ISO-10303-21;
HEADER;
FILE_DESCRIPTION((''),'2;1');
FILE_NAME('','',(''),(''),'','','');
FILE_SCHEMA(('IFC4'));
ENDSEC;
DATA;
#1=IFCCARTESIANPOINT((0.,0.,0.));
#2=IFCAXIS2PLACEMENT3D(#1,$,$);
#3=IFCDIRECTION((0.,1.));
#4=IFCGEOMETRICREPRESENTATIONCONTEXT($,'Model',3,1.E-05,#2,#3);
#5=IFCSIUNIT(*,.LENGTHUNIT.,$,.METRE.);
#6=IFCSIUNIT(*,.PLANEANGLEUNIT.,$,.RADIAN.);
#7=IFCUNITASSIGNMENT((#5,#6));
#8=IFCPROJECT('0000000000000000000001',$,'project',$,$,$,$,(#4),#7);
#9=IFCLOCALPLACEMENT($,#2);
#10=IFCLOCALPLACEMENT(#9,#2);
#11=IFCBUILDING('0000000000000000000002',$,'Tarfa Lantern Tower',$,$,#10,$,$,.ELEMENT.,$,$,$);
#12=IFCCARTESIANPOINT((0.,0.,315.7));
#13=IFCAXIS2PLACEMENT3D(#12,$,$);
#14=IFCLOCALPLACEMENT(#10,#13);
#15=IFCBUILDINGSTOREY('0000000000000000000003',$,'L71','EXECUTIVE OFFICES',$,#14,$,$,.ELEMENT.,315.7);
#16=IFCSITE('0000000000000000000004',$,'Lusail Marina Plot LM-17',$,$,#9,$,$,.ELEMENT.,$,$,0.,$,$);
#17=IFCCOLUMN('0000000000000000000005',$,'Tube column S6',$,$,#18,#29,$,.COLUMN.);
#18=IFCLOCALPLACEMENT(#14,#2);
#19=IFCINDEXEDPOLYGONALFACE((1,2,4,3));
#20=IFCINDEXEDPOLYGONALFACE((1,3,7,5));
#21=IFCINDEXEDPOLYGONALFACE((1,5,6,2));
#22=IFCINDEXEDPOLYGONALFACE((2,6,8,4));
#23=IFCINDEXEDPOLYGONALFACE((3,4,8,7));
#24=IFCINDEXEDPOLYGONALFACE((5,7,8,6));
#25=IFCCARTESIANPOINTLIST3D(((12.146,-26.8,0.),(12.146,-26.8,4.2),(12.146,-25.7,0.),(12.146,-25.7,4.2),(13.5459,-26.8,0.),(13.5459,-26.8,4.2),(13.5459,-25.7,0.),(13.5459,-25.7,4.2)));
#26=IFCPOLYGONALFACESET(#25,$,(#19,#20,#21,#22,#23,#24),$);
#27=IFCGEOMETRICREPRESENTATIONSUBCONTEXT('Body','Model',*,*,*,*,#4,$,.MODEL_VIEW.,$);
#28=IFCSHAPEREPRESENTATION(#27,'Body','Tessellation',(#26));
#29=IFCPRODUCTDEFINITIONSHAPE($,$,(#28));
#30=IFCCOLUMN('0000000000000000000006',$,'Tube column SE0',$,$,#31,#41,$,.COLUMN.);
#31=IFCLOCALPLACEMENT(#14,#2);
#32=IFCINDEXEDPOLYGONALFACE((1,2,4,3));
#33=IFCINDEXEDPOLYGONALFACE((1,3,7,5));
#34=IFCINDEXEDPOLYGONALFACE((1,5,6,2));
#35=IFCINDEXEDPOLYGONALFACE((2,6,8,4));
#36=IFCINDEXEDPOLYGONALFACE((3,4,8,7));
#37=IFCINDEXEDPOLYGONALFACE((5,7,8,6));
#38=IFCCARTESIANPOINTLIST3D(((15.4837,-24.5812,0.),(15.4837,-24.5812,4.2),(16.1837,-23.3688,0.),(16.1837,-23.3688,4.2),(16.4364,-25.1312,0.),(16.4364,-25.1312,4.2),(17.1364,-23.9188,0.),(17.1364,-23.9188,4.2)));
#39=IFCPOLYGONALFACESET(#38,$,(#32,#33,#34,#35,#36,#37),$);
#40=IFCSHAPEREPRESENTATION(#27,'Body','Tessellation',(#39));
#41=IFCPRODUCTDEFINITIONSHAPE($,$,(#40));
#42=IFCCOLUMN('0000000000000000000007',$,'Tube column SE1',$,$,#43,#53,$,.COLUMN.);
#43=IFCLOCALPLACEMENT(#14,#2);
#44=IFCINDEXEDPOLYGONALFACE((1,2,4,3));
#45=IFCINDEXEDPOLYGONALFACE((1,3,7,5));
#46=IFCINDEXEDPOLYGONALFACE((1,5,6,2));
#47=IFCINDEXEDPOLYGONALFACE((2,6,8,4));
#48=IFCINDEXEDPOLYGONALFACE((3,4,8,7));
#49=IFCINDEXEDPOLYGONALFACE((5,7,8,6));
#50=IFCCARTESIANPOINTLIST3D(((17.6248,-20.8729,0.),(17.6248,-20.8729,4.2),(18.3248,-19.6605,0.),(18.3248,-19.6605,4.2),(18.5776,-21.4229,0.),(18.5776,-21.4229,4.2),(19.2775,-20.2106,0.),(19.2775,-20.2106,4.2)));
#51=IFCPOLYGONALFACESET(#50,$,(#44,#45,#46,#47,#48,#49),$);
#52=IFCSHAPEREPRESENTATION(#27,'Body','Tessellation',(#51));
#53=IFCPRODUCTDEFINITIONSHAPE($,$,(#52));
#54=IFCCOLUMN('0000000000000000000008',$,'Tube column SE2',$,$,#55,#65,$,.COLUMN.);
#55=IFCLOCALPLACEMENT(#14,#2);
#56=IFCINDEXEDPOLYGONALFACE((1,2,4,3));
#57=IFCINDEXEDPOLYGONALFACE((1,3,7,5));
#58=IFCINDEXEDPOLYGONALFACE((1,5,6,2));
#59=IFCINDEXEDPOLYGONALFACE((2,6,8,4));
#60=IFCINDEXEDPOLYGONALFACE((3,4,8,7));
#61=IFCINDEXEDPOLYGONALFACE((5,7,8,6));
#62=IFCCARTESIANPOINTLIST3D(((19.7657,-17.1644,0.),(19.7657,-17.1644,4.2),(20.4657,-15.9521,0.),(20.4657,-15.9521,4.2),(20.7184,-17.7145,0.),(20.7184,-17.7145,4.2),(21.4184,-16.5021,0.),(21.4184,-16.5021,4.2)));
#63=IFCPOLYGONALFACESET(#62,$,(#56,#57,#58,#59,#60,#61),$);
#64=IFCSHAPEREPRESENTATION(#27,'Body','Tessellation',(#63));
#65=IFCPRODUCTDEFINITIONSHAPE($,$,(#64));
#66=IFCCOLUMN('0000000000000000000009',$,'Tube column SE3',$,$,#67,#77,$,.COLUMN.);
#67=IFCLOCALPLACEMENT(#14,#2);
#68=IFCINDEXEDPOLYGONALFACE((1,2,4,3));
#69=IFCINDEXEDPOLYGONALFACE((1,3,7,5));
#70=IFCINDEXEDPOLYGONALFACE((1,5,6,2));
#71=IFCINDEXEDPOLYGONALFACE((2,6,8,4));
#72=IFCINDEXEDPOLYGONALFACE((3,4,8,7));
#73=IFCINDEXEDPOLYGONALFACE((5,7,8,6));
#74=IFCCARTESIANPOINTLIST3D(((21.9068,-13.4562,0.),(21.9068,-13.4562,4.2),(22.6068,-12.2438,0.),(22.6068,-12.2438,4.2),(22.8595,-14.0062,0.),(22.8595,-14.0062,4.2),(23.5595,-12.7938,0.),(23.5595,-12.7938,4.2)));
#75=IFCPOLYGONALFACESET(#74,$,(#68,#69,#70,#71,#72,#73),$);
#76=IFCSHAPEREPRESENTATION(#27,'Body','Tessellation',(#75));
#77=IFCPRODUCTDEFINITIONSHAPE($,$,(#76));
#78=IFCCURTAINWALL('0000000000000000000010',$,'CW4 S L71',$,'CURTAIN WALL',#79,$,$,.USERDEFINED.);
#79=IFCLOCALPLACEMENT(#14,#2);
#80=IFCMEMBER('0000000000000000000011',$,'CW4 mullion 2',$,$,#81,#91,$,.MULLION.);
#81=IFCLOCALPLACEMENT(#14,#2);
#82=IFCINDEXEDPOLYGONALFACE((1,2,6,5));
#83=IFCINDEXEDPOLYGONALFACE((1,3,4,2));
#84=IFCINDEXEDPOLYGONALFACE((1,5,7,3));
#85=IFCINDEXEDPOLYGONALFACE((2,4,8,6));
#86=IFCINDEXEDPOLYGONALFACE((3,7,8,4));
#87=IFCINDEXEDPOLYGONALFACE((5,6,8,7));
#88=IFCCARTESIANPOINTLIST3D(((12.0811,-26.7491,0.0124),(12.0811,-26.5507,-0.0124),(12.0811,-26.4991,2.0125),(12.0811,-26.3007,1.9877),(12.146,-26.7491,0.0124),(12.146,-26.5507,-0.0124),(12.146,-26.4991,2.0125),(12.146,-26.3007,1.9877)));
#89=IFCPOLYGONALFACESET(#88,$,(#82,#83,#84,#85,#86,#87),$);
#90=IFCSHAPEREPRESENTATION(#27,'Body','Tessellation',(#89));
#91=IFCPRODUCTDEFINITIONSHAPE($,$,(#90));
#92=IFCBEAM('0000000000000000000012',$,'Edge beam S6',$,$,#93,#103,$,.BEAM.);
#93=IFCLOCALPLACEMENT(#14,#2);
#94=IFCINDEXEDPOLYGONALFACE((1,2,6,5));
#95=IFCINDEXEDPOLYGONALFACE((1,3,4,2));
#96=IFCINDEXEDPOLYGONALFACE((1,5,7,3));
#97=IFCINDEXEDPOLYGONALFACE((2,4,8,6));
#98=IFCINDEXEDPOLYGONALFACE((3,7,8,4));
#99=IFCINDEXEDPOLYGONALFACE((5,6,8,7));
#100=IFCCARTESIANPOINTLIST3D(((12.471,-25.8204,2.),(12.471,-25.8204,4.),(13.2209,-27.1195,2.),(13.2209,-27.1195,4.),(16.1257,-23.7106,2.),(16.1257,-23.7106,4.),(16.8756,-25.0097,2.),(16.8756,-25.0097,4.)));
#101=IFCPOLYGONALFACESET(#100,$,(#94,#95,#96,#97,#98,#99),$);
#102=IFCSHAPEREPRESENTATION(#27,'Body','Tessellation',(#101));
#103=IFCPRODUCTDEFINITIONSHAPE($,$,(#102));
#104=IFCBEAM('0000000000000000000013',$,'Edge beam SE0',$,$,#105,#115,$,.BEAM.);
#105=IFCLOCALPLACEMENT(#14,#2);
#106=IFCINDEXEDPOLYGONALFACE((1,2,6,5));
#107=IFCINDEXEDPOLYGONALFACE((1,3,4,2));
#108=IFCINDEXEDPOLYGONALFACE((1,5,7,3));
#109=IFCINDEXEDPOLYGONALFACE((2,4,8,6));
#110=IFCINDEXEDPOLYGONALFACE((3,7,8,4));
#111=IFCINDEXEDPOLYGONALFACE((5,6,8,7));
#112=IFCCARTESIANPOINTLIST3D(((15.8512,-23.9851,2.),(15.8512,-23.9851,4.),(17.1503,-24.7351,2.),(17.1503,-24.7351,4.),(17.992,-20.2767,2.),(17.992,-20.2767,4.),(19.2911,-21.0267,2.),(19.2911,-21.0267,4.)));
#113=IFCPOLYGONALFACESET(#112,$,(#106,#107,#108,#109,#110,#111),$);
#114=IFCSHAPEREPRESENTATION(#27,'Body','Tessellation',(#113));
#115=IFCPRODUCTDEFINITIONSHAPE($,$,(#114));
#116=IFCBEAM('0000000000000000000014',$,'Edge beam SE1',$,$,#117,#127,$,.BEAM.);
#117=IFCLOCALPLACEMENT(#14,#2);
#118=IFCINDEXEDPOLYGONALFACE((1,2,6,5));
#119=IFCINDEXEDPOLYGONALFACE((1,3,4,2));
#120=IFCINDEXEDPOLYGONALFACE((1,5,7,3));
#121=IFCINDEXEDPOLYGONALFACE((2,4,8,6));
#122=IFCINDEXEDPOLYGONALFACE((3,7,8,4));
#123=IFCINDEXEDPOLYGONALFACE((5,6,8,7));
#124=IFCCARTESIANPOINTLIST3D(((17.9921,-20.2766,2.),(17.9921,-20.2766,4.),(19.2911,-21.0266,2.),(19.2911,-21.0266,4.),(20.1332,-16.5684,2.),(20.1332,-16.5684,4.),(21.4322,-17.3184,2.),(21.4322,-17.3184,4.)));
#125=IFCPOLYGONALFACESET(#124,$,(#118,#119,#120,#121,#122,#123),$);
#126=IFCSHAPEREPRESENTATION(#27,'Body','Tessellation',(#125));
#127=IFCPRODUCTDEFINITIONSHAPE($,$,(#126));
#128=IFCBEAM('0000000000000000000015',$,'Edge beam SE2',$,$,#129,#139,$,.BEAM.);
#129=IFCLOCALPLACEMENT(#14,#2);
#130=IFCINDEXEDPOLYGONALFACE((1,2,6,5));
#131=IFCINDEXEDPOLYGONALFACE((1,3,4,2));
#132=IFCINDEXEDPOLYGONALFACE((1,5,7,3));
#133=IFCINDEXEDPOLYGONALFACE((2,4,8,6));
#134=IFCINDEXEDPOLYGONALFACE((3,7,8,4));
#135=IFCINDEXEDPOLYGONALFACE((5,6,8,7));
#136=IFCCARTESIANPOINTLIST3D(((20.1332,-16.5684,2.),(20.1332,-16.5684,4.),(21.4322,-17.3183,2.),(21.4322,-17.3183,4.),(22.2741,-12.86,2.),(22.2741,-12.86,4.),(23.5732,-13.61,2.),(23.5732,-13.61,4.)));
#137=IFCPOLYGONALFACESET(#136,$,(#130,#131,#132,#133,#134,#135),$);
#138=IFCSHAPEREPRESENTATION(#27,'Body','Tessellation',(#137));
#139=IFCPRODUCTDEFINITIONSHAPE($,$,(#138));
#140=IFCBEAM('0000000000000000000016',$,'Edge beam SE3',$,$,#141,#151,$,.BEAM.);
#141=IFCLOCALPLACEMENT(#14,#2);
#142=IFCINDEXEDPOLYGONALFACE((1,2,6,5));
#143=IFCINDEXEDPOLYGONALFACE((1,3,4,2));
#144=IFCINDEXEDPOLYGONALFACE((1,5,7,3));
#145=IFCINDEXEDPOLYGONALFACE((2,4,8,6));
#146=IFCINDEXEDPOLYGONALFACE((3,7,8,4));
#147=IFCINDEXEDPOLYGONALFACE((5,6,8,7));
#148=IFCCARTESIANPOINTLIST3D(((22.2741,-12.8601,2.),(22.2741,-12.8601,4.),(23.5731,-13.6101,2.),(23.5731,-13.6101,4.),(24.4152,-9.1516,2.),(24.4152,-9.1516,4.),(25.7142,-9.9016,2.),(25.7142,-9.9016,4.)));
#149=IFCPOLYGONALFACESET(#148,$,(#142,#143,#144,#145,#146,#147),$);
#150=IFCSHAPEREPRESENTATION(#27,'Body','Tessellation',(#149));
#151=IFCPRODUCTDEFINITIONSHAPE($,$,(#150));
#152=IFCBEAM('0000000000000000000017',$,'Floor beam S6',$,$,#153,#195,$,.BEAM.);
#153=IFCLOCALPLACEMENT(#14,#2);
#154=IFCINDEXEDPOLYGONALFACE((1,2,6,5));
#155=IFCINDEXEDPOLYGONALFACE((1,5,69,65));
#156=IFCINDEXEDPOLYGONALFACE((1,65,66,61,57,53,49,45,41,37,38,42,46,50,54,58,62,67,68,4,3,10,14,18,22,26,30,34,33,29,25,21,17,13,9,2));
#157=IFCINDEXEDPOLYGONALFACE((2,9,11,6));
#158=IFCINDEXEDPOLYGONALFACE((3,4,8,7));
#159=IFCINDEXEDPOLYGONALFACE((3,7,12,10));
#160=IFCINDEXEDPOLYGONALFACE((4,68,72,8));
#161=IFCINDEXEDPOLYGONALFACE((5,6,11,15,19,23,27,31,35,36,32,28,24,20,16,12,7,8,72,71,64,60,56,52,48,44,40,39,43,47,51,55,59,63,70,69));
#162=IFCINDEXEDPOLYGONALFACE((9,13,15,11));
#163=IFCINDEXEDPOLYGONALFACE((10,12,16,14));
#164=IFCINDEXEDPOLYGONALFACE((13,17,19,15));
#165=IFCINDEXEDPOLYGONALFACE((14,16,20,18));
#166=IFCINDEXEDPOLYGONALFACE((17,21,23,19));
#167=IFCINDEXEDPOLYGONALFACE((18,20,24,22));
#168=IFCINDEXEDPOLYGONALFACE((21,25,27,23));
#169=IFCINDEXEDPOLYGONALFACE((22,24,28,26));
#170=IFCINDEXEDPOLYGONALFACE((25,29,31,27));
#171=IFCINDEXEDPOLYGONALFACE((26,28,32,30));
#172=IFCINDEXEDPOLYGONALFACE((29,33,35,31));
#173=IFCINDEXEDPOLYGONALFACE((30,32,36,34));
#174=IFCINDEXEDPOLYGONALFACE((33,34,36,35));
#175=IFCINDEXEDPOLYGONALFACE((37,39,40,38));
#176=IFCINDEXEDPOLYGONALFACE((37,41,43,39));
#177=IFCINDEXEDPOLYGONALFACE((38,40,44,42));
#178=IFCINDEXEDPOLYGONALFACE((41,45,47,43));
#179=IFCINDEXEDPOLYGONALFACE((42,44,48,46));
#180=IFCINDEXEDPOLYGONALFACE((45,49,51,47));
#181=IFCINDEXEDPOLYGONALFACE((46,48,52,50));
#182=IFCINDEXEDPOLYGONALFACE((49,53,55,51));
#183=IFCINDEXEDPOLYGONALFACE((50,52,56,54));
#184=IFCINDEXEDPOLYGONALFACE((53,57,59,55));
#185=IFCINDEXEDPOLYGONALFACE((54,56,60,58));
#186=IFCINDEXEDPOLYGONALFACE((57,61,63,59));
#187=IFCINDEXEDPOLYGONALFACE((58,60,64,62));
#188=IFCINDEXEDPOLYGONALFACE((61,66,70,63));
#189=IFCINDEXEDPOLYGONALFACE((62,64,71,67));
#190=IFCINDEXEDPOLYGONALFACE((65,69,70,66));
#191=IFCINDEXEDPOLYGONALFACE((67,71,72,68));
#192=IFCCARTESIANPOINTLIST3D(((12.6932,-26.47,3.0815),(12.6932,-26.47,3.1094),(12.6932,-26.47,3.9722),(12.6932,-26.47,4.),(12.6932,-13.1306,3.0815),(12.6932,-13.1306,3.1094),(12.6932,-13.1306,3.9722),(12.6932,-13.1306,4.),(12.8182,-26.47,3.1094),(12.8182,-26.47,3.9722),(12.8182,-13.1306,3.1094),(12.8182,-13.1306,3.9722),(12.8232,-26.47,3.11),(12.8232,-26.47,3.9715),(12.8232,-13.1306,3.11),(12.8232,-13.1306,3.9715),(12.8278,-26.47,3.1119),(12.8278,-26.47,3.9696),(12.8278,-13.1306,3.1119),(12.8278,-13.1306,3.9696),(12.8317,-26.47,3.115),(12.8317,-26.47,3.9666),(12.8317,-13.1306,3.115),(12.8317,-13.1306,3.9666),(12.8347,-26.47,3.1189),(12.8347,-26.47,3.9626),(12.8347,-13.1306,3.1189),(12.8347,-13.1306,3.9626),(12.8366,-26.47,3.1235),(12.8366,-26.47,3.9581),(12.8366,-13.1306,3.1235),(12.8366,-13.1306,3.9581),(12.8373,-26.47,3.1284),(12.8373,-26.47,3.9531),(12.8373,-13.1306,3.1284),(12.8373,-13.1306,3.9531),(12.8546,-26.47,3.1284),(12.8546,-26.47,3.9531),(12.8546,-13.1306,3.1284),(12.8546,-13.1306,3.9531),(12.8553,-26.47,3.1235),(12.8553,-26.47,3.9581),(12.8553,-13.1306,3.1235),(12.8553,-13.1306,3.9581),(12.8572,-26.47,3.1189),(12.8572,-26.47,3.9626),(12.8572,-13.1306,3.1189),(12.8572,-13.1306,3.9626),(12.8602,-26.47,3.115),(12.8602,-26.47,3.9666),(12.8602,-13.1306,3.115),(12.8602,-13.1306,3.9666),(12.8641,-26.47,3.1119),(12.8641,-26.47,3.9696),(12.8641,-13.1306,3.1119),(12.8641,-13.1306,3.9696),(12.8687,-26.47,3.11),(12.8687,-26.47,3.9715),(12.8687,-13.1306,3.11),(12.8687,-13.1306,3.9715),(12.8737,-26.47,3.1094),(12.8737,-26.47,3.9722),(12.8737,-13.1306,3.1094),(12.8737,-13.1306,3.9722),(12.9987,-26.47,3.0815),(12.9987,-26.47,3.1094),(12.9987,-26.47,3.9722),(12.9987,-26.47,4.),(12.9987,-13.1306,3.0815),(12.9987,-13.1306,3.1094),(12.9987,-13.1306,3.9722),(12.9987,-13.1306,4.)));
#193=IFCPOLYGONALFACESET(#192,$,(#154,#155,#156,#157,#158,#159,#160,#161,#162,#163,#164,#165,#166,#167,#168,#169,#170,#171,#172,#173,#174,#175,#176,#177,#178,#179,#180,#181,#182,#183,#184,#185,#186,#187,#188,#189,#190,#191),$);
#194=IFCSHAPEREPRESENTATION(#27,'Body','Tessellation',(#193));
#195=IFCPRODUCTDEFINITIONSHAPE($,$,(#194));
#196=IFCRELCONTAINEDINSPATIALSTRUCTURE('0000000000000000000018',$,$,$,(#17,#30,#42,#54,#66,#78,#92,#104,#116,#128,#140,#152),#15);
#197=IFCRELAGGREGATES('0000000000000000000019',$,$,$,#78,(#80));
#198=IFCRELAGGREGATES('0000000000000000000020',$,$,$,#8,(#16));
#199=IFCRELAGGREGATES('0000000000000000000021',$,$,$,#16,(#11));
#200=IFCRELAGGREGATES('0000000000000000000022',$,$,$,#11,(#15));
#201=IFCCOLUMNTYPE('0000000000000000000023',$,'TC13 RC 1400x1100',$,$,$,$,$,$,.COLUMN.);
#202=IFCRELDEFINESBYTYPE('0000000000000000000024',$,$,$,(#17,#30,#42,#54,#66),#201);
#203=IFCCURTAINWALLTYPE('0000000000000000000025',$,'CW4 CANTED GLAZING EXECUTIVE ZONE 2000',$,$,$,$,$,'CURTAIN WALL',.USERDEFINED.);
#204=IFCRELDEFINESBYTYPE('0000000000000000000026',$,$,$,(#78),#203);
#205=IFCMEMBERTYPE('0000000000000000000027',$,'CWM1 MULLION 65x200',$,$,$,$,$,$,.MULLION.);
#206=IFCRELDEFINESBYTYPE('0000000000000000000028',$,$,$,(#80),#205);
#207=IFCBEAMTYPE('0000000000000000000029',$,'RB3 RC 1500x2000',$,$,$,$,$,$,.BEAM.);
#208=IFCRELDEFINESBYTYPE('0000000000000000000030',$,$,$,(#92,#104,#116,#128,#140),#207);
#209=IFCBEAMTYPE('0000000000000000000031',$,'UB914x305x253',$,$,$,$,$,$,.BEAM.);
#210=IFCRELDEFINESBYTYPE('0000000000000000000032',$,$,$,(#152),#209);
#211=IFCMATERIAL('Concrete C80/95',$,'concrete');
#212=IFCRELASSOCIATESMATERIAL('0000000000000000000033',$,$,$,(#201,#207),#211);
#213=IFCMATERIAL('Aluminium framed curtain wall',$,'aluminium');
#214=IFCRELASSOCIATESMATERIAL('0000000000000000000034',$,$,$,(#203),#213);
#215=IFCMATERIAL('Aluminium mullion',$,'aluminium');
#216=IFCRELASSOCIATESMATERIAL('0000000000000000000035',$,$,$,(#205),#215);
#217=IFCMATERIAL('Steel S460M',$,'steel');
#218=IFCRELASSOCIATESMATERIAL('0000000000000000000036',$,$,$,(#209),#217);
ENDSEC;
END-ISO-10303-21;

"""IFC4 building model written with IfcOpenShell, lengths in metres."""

from ifc_helpers import new_model, si_unit, direction, frame, origin, origin_2d, place, context, subcontext, project, spatial, rectangle, i_section, extrude, material, material_profile, profile_set, type_object, element, aggregate, save


model = new_model("IFC4")

# Units and contexts
model_context = context("Model", 3, precision=1e-05, world=origin(), true_north=direction((0.0, 1.0)))
body_context = subcontext(model_context, "Body", "Model", "MODEL_VIEW")
ifc_project = project(units=[si_unit("LENGTHUNIT", "METRE"), si_unit("PLANEANGLEUNIT", "RADIAN")], contexts=[model_context])

# Site, building, storey
site_placement = place(None, origin())
site = spatial("IfcSite", under=ifc_project, at=site_placement, Name="Lusail Marina Plot LM-17", CompositionType="ELEMENT", RefElevation=0.0)
building_placement = place(site_placement, origin())
building = spatial("IfcBuilding", under=site, at=building_placement, Name="Tarfa Lantern Tower", CompositionType="ELEMENT")
storey_placement = place(building_placement, frame((0.0, 0.0, 315.7)))
storey = spatial("IfcBuildingStorey", under=building, at=storey_placement, Name="L71", Description="EXECUTIVE OFFICES", CompositionType="ELEMENT", Elevation=315.7)

# Columns
ifc_material_1 = material(Name="Concrete C80/95", Category="concrete")
ifc_material_profile_1 = material_profile(ifc_material_1, rectangle(XDim=1.3999, YDim=1.1001, at=origin_2d()), Name="RC 1400x1100")
ifc_profile_set_1 = profile_set([ifc_material_profile_1], Name="Concrete C80/95")
column_type = type_object("IfcColumnType", Name="TC13 RC 1400x1100", PredefinedType="COLUMN", material=ifc_profile_set_1)
for number, where, z_axis, x_axis, name in (
    (1, (12.8459, -26.25, 0.0), (0.0, 0.0, 1.0), (1.0, 0.0, 0.0), "Tube column S6"),
    (2, (16.3101, -24.25, 0.0), (0.0, 0.0, 1.0), (0.5, 0.866025, 0.0), "Tube column SE0"),
    (3, (18.4512, -20.5417, 0.0), (0.0, 0.0, 1.0), (0.5, 0.866025, 0.0), "Tube column SE1"),
    (4, (20.592, -16.8333, 0.0), (0.0, 0.0, 1.0), (0.5, 0.866025, 0.0), "Tube column SE2"),
    (5, (22.7332, -13.125, 0.0), (0.0, 0.0, 1.0), (0.5, 0.866025, 0.0), "Tube column SE3"),
):
    element("IfcColumn", number, at=place(storey_placement, frame(where, z_axis=z_axis, x_axis=x_axis)), inside=storey, type_object=column_type, Name=name, PredefinedType="COLUMN", context=body_context, shape_type="SweptSolid", body=[
        extrude(rectangle(XDim=1.3999, YDim=1.1001, at=origin_2d()), origin(), (0.0, 0.0, 1.0), 4.2),
    ])

# Curtain wall, member
ifc_material_2 = material(Name="Aluminium framed curtain wall", Category="aluminium")
curtain_wall_type = type_object("IfcCurtainWallType", Name="CW4 CANTED GLAZING EXECUTIVE ZONE 2000", ElementType="CURTAIN WALL", PredefinedType="USERDEFINED", material=ifc_material_2)
curtain_wall_placement = place(storey_placement, origin())
curtain_wall = element("IfcCurtainWall", 6, at=curtain_wall_placement, inside=storey, type_object=curtain_wall_type, Name="CW4 S L71", ObjectType="CURTAIN WALL", PredefinedType="USERDEFINED")
ifc_material_3 = material(Name="Aluminium mullion", Category="aluminium")
ifc_material_profile_2 = material_profile(ifc_material_3, rectangle(XDim=0.0649, YDim=0.2, at=origin_2d()), Name="AL MULLION 65x200")
ifc_profile_set_2 = profile_set([ifc_material_profile_2], Name="Aluminium mullion")
member_type = type_object("IfcMemberType", Name="CWM1 MULLION 65x200", PredefinedType="MULLION", material=ifc_profile_set_2)
member_placement = place(storey_placement, frame((12.1135, -26.6499, 0.0), z_axis=(0.0, 0.124035, 0.992278), x_axis=(-1.0, 0.0, 0.0)))
member = element("IfcMember", 7, at=member_placement, type_object=member_type, Name="CW4 mullion 2", PredefinedType="MULLION", context=body_context, shape_type="SweptSolid", body=[
    extrude(rectangle(XDim=0.0649, YDim=0.2, at=origin_2d()), origin(), (0.0, 0.0, 1.0), 2.0156),
])
aggregate(curtain_wall, [member])

# Beams
ifc_material_profile_3 = material_profile(ifc_material_1, rectangle(XDim=1.5, YDim=2.0, at=origin_2d()), Name="RC 1500x2000")
ifc_profile_set_3 = profile_set([ifc_material_profile_3], Name="Concrete C80/95")
beam_type_1 = type_object("IfcBeamType", Name="RB3 RC 1500x2000", PredefinedType="BEAM", material=ifc_profile_set_3)
beam_1_placement = place(storey_placement, frame((12.8459, -26.47, 3.0), z_axis=(0.866049, 0.499959, 0.0), x_axis=(-0.499959, 0.866049, 0.0)))
element("IfcBeam", 8, at=beam_1_placement, inside=storey, type_object=beam_type_1, Name="Edge beam S6", PredefinedType="BEAM", context=body_context, shape_type="SweptSolid", body=[
    extrude(rectangle(XDim=1.5, YDim=2.0, at=origin_2d()), origin(), (0.0, 0.0, 1.0), 4.22),
])
for number, where, z_axis, x_axis, name in (
    (9, (16.5007, -24.3601, 3.0), (0.499959, 0.866049, 0.0), (-0.866049, 0.499959, 0.0), "Edge beam SE0"),
    (10, (18.6416, -20.6516, 3.0), (0.500027, 0.86601, 0.0), (-0.86601, 0.500027, 0.0), "Edge beam SE1"),
    (11, (20.7827, -16.9434, 3.0), (0.499984, 0.866035, 0.0), (-0.866035, 0.499984, 0.0), "Edge beam SE2"),
):
    element("IfcBeam", number, at=place(storey_placement, frame(where, z_axis=z_axis, x_axis=x_axis)), inside=storey, type_object=beam_type_1, Name=name, PredefinedType="BEAM", context=body_context, shape_type="SweptSolid", body=[
        extrude(rectangle(XDim=1.5, YDim=2.0, at=origin_2d()), origin(), (0.0, 0.0, 1.0), 4.282),
    ])
beam_2_placement = place(storey_placement, frame((22.9236, -13.2351, 3.0), z_axis=(0.500002, 0.866024, 0.0), x_axis=(-0.866024, 0.500002, 0.0)))
element("IfcBeam", 12, at=beam_2_placement, inside=storey, type_object=beam_type_1, Name="Edge beam SE3", PredefinedType="BEAM", context=body_context, shape_type="SweptSolid", body=[
    extrude(rectangle(XDim=1.5, YDim=2.0, at=origin_2d()), origin(), (0.0, 0.0, 1.0), 4.2822),
])
ifc_material_4 = material(Name="Steel S460M", Category="steel")
ifc_material_profile_4 = material_profile(ifc_material_4, i_section(OverallWidth=0.3054, OverallDepth=0.9185, WebThickness=0.0173, FlangeThickness=0.0278, FilletRadius=0.019, at=origin_2d()), Name="UB914x305x253")
ifc_profile_set_4 = profile_set([ifc_material_profile_4], Name="Steel S460M")
beam_type_2 = type_object("IfcBeamType", Name="UB914x305x253", PredefinedType="BEAM", material=ifc_profile_set_4)
beam_3_placement = place(storey_placement, frame((12.8459, -26.47, 3.5408), z_axis=(0.0, 1.0, 0.0), x_axis=(-1.0, 0.0, 0.0)))
element("IfcBeam", 13, at=beam_3_placement, inside=storey, type_object=beam_type_2, Name="Floor beam S6", PredefinedType="BEAM", context=body_context, shape_type="SweptSolid", body=[
    extrude(i_section(OverallWidth=0.3054, OverallDepth=0.9185, WebThickness=0.0173, FlangeThickness=0.0278, FilletRadius=0.019, at=origin_2d()), origin(), (0.0, 0.0, 1.0), 13.3394),
])

save(model, "model.ifc")
